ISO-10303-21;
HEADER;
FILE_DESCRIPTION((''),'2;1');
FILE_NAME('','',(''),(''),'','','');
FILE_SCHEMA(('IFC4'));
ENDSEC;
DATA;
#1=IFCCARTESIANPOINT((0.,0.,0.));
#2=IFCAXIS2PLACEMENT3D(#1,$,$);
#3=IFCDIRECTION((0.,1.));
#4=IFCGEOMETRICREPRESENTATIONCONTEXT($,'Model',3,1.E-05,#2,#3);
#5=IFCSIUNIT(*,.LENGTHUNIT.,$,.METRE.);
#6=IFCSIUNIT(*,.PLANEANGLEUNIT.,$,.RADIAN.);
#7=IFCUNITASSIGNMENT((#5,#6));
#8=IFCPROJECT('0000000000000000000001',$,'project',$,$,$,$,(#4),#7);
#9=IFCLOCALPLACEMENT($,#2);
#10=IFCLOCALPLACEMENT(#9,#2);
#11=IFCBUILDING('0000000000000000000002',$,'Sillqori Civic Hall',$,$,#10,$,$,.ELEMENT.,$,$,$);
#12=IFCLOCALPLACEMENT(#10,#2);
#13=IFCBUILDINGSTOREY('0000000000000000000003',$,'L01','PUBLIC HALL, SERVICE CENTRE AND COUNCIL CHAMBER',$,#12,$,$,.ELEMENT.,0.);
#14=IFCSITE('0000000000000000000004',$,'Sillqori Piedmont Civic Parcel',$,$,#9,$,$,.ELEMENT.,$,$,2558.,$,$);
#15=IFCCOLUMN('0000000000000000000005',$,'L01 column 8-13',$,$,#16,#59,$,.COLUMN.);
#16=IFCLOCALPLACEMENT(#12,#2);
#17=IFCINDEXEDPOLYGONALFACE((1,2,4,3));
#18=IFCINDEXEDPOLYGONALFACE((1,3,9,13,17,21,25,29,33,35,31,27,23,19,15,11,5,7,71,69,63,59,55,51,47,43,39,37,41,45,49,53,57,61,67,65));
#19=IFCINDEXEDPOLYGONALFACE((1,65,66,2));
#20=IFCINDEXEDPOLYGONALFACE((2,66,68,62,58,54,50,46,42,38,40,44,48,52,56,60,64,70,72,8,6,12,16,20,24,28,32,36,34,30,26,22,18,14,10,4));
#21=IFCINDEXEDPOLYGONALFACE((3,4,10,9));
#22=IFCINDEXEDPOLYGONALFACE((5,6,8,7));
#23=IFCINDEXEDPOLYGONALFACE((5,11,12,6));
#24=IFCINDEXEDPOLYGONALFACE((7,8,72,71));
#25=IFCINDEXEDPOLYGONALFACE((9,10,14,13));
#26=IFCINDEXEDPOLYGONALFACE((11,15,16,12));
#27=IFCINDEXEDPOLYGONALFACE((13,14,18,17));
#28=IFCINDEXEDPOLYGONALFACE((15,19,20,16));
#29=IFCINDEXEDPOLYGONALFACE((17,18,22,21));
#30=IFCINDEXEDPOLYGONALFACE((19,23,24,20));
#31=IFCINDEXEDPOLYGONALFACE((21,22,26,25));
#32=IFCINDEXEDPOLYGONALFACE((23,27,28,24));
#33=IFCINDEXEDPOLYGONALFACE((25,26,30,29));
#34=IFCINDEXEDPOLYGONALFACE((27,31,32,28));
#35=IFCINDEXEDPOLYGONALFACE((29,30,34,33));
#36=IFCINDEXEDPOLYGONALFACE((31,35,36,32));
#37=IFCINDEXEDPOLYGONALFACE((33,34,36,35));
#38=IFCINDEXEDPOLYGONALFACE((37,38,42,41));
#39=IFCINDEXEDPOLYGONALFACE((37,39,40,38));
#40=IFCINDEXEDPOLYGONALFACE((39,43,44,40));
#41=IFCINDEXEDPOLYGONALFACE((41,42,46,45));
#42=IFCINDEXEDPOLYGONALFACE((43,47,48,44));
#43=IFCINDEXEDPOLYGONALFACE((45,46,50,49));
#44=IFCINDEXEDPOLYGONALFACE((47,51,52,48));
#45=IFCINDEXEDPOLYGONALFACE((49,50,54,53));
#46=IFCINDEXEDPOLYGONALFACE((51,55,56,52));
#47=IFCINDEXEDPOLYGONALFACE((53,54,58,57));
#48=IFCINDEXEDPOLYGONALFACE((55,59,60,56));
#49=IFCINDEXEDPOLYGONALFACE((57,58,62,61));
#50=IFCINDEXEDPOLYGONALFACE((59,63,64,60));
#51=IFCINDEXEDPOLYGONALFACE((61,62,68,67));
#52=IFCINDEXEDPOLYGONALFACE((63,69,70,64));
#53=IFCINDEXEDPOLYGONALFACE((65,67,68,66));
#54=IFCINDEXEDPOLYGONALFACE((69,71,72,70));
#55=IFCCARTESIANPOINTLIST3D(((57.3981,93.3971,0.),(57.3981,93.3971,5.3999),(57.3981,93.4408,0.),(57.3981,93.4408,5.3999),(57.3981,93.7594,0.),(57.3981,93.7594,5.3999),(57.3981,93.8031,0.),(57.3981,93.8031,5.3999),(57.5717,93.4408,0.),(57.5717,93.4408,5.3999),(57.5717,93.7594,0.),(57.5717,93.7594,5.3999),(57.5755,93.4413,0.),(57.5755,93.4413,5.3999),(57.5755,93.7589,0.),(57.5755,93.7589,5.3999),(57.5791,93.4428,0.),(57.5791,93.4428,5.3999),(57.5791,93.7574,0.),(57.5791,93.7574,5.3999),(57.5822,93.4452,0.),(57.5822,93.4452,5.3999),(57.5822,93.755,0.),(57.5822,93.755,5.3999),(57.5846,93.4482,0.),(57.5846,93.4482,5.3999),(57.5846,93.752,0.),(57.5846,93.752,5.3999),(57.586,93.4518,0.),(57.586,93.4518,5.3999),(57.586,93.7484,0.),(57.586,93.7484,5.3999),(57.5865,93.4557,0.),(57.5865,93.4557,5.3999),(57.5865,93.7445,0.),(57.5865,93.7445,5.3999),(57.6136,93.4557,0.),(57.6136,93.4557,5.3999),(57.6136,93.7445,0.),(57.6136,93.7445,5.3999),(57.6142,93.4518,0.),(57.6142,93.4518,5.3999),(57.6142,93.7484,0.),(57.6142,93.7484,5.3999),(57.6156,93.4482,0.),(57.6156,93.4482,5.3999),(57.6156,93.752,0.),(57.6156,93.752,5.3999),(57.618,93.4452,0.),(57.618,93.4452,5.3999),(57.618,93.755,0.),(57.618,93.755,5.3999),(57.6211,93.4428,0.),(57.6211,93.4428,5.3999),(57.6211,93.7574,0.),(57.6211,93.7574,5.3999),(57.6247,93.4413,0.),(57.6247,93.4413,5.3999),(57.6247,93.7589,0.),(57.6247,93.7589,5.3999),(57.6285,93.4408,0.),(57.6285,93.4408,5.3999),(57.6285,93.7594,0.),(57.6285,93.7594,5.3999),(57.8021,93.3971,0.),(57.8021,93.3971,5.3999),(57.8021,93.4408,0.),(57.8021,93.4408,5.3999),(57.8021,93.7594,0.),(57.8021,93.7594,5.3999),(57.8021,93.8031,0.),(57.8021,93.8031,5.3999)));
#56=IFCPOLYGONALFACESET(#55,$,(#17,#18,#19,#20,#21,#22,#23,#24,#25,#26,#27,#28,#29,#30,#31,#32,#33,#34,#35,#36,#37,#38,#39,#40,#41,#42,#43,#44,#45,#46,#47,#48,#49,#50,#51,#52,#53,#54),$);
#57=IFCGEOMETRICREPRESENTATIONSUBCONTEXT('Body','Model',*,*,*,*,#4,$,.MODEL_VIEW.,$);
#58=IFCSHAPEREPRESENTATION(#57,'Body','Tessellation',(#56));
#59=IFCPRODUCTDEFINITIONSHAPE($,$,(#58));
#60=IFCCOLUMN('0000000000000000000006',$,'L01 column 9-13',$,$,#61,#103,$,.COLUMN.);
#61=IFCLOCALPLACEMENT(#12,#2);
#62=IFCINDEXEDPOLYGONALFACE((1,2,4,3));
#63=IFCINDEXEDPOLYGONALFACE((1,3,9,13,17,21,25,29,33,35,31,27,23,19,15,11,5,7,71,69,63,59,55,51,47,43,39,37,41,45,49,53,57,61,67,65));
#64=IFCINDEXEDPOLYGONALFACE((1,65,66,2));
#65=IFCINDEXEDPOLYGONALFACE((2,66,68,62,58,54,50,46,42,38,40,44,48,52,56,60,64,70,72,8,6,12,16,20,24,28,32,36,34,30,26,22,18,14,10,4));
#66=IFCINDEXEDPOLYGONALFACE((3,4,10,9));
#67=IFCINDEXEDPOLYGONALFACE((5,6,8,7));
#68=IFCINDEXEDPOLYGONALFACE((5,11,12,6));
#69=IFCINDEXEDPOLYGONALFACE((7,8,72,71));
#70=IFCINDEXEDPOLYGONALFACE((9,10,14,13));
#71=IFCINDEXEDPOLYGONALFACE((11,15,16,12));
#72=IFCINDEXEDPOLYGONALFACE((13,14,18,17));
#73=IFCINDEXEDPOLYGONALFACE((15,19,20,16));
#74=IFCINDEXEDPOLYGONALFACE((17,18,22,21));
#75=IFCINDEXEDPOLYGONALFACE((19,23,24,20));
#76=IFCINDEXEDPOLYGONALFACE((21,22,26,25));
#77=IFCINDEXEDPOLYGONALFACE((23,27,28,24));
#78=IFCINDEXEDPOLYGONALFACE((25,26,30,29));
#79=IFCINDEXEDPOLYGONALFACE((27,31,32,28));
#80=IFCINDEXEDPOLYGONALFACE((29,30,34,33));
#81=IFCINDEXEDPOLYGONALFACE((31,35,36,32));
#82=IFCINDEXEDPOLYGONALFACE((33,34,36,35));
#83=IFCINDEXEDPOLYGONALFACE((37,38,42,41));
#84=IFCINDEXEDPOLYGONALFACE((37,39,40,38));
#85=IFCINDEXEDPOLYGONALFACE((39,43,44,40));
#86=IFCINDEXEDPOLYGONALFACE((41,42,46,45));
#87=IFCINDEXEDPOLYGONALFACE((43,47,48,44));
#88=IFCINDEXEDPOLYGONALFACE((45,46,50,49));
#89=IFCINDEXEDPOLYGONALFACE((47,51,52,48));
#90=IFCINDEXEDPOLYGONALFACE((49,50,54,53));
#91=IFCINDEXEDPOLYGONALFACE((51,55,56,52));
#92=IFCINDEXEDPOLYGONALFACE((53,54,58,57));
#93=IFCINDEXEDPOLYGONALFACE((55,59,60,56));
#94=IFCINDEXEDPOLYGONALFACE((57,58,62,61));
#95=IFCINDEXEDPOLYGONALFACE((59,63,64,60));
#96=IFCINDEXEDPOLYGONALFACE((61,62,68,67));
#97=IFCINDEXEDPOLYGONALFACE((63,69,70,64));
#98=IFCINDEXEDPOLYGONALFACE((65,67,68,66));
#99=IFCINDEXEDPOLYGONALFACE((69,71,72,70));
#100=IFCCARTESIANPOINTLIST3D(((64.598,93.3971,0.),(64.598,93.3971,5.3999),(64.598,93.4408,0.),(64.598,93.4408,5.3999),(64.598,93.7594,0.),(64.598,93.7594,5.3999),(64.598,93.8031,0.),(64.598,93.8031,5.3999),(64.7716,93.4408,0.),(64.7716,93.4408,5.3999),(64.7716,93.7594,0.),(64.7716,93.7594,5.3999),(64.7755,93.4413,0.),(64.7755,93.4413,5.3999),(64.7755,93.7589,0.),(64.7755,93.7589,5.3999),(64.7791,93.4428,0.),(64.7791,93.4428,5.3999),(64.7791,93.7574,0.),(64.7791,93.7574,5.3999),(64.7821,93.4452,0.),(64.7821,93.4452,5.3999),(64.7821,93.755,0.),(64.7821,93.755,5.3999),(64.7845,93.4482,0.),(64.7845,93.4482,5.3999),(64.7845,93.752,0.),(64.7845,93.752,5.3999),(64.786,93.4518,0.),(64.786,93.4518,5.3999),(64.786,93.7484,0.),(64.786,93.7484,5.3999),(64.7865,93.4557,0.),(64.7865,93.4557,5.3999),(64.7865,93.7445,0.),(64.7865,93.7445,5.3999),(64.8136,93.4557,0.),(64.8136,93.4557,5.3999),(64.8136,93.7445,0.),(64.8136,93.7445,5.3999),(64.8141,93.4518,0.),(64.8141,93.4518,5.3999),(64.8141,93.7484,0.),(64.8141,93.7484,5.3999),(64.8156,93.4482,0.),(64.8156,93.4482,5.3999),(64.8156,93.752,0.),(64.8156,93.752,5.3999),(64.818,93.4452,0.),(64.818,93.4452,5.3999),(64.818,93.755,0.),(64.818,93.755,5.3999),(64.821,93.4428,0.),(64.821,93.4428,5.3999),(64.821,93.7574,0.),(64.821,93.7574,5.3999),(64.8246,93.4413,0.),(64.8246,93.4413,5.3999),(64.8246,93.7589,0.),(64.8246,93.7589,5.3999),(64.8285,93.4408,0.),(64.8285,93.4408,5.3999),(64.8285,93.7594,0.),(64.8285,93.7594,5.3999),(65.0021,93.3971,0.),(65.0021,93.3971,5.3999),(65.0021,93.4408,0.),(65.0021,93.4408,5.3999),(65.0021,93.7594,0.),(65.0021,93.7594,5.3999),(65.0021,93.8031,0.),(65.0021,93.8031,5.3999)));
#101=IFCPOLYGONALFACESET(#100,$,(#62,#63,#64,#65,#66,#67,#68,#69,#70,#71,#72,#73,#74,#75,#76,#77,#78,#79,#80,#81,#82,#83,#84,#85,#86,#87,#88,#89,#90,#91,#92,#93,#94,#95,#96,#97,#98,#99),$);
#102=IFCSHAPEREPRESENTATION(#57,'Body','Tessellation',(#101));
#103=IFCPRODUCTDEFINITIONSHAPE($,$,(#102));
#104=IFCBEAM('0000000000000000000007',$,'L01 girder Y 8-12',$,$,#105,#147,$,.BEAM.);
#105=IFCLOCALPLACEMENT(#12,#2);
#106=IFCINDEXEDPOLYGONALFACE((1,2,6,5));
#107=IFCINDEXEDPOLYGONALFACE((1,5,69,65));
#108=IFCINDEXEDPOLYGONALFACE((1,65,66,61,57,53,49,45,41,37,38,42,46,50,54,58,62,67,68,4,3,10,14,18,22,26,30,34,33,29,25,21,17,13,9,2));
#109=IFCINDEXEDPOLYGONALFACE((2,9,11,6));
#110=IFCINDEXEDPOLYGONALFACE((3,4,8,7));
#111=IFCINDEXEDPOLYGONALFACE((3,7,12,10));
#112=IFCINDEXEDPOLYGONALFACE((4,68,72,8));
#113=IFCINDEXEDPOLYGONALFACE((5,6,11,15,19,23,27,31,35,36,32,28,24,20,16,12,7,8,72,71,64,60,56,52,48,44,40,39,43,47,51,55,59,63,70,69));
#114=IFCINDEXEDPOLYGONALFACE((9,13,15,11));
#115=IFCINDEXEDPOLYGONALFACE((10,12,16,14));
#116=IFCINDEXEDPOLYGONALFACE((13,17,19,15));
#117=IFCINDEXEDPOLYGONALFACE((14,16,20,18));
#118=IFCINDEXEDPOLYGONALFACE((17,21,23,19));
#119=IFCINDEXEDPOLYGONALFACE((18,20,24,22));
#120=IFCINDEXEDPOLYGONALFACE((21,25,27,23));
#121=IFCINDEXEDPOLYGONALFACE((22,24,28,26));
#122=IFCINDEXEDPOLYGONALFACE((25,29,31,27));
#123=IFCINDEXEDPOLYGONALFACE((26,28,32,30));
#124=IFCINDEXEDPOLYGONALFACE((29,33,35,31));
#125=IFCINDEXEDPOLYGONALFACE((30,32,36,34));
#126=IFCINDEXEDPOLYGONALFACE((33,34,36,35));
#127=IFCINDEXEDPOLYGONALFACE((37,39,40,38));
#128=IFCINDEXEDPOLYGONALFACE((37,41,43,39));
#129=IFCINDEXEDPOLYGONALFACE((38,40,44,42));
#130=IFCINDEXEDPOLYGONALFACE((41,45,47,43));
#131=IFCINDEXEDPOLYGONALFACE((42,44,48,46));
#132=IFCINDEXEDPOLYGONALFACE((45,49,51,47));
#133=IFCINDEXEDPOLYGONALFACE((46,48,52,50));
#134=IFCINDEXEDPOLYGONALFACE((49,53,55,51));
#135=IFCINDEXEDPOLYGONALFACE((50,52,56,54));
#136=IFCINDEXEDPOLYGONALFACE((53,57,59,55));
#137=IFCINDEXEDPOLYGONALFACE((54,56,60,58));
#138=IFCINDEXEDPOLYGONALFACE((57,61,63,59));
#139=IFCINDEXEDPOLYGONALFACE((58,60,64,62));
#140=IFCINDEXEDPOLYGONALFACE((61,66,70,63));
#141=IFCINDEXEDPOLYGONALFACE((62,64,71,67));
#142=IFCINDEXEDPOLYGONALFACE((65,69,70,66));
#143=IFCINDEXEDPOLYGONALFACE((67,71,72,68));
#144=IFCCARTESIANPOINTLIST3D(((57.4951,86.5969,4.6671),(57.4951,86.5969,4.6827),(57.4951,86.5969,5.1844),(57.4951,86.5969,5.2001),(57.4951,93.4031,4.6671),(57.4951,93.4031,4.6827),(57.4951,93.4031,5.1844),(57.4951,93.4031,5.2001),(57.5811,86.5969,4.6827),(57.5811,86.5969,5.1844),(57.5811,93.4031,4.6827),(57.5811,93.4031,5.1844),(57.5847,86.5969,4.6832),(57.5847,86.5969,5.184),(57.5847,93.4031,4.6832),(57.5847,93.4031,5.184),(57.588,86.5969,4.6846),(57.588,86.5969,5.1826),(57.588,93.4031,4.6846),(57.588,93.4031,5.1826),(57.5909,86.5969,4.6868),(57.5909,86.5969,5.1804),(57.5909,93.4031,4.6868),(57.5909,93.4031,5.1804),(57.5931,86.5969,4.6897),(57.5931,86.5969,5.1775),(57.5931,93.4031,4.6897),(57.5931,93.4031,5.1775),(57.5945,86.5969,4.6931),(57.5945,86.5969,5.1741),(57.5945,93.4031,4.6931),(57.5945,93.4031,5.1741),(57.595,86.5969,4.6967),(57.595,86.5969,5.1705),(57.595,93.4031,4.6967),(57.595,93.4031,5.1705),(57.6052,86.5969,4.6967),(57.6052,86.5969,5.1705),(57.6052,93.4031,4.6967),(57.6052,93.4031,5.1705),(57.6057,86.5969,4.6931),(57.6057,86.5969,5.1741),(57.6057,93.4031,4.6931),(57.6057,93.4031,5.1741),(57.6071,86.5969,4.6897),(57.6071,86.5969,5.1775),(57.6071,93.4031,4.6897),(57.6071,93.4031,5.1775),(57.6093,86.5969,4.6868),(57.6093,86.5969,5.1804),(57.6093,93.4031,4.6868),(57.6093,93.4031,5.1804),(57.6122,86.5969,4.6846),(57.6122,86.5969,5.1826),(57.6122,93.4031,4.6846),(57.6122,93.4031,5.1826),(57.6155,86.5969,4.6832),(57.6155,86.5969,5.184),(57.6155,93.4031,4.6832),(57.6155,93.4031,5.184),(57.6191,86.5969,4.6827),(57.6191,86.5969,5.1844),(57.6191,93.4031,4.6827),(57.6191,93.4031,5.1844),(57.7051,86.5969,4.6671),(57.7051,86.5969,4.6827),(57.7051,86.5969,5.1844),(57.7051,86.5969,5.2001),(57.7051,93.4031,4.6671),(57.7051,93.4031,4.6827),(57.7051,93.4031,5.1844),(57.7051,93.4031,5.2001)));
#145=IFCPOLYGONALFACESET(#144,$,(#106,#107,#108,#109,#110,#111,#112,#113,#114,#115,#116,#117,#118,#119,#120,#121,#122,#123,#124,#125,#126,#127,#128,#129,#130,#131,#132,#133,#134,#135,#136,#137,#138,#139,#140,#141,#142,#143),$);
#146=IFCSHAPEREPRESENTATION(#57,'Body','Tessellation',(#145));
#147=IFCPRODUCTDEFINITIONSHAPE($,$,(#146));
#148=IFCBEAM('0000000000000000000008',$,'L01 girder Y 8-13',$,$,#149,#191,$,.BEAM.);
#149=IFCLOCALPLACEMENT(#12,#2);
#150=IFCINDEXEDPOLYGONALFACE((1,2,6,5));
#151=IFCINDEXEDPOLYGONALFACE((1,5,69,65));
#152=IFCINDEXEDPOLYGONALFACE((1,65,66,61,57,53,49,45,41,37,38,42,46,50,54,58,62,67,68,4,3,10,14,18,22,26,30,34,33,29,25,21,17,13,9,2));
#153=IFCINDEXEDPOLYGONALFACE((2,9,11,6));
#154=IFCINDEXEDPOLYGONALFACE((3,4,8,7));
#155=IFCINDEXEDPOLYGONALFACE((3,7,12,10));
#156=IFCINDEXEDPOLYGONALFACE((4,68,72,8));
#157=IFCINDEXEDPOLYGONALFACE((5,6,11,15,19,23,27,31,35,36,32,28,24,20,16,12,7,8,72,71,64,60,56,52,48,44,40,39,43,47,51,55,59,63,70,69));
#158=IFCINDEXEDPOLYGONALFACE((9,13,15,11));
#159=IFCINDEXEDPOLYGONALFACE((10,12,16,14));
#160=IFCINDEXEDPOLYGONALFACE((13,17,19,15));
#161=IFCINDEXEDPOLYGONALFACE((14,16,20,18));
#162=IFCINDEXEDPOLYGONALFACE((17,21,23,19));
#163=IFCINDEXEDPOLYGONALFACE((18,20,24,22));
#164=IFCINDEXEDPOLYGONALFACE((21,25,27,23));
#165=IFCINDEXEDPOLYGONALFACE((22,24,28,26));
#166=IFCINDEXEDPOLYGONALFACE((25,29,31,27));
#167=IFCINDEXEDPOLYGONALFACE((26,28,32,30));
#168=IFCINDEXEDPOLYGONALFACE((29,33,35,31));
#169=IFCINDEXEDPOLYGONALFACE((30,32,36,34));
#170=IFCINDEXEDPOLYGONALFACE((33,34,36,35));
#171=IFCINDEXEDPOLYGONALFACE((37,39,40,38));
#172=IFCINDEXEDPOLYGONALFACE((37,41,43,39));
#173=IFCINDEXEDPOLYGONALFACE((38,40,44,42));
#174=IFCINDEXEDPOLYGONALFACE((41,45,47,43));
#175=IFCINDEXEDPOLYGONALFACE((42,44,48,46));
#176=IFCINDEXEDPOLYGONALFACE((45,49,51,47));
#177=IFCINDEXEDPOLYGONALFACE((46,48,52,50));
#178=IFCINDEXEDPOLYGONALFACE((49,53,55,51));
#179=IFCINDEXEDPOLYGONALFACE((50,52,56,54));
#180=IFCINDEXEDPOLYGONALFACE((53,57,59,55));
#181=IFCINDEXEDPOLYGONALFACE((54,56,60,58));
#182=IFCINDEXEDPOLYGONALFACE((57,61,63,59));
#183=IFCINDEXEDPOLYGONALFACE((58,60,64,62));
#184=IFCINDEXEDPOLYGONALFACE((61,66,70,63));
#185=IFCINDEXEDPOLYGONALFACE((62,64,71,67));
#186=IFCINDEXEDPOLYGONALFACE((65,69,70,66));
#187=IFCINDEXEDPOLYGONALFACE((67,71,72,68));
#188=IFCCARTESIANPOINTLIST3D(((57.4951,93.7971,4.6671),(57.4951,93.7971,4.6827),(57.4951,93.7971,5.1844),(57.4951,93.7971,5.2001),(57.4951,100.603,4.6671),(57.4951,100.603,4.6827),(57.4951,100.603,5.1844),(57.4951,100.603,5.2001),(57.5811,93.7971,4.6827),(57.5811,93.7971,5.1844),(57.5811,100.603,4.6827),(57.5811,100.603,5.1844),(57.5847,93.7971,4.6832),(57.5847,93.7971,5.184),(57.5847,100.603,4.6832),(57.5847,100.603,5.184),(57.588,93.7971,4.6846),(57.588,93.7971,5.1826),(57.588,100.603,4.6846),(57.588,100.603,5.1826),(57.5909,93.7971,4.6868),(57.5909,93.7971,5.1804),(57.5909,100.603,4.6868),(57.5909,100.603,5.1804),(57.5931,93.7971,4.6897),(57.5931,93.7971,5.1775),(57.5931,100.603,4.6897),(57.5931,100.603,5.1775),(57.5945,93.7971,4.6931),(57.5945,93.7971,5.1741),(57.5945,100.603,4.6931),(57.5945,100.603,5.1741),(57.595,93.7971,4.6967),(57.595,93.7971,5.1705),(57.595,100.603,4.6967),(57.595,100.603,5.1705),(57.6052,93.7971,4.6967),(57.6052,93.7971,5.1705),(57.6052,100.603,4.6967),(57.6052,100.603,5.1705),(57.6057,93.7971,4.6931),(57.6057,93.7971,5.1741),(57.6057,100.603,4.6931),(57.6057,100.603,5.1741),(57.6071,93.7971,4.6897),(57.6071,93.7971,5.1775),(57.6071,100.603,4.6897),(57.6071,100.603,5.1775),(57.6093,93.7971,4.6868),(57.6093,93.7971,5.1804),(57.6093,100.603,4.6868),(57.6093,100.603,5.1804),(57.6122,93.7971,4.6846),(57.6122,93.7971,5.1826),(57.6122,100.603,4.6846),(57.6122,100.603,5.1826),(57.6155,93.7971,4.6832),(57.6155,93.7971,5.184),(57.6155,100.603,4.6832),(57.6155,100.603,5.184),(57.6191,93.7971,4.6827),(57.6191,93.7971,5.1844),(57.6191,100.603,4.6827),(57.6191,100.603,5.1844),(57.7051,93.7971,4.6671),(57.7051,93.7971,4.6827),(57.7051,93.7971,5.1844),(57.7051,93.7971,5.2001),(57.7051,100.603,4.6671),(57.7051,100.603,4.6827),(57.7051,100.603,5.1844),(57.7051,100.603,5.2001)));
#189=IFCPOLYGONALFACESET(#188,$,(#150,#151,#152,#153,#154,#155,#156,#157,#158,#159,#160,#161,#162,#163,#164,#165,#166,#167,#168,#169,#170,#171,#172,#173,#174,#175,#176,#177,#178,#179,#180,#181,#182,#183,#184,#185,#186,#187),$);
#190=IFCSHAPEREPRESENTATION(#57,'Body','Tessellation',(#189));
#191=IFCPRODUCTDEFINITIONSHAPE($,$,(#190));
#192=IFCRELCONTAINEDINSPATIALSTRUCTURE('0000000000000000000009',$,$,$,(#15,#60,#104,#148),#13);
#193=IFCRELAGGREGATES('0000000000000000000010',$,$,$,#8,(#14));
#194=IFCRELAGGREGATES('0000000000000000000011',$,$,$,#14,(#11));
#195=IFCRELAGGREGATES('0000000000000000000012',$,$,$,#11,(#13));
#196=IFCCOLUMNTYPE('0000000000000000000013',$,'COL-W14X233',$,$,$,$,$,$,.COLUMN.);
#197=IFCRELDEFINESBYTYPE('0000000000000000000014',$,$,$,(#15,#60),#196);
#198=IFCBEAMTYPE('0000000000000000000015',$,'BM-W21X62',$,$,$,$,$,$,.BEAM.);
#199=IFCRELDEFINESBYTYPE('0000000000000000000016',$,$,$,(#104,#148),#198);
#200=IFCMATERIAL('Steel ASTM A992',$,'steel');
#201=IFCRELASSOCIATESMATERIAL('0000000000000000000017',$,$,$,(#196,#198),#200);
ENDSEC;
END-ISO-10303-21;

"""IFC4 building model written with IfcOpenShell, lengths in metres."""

from ifc_helpers import new_model, si_unit, direction, frame, origin, origin_2d, place, context, subcontext, project, spatial, i_section, extrude, material, material_profile, profile_set, type_object, element, save


model = new_model("IFC4")

# Units and contexts
model_context = context("Model", 3, precision=1e-05, world=origin(), true_north=direction((0.0, 1.0)))
body_context = subcontext(model_context, "Body", "Model", "MODEL_VIEW")
ifc_project = project(units=[si_unit("LENGTHUNIT", "METRE"), si_unit("PLANEANGLEUNIT", "RADIAN")], contexts=[model_context])

# Site, building, storey
site_placement = place(None, origin())
site = spatial("IfcSite", under=ifc_project, at=site_placement, Name="Sillqori Piedmont Civic Parcel", CompositionType="ELEMENT", RefElevation=2558.0)
building_placement = place(site_placement, origin())
building = spatial("IfcBuilding", under=site, at=building_placement, Name="Sillqori Civic Hall", CompositionType="ELEMENT")
storey_placement = place(building_placement, origin())
storey = spatial("IfcBuildingStorey", under=building, at=storey_placement, Name="L01", Description="PUBLIC HALL, SERVICE CENTRE AND COUNCIL CHAMBER", CompositionType="ELEMENT", Elevation=0.0)

# Columns
ifc_material_1 = material(Name="Steel ASTM A992", Category="steel")
ifc_material_profile_1 = material_profile(ifc_material_1, i_section(OverallWidth=0.4041, OverallDepth=0.406, WebThickness=0.0271, FlangeThickness=0.0437, FilletRadius=0.0149, at=origin_2d()), Name="W14X233")
ifc_profile_set_1 = profile_set([ifc_material_profile_1], Name="Steel ASTM A992")
column_type = type_object("IfcColumnType", Name="COL-W14X233", PredefinedType="COLUMN", material=ifc_profile_set_1)
for number, where, z_axis, x_axis, name in (
    (1, (57.6001, 93.6001, 0.0), (0.0, 0.0, 1.0), (1.0, 0.0, 0.0), "L01 column 8-13"),
    (2, (64.8, 93.6001, 0.0), (0.0, 0.0, 1.0), (1.0, 0.0, 0.0), "L01 column 9-13"),
):
    element("IfcColumn", number, at=place(storey_placement, frame(where, z_axis=z_axis, x_axis=x_axis)), inside=storey, type_object=column_type, Name=name, PredefinedType="COLUMN", context=body_context, shape_type="SweptSolid", body=[
        extrude(i_section(OverallWidth=0.4041, OverallDepth=0.406, WebThickness=0.0271, FlangeThickness=0.0437, FilletRadius=0.0149, at=origin_2d()), origin(), (0.0, 0.0, 1.0), 5.3999),
    ])

# Beams
ifc_material_profile_2 = material_profile(ifc_material_1, i_section(OverallWidth=0.21, OverallDepth=0.533, WebThickness=0.0103, FlangeThickness=0.0156, FilletRadius=0.0139, at=origin_2d()), Name="W21X62")
ifc_profile_set_2 = profile_set([ifc_material_profile_2], Name="Steel ASTM A992")
beam_type_1 = type_object("IfcBeamType", Name="BM-W21X62", PredefinedType="BEAM", material=ifc_profile_set_2)
beam_1_placement = place(storey_placement, frame((57.6001, 86.5969, 4.9336), z_axis=(0.0, 1.0, 0.0), x_axis=(-1.0, 0.0, 0.0)))
element("IfcBeam", 3, at=beam_1_placement, inside=storey, type_object=beam_type_1, Name="L01 girder Y 8-12", PredefinedType="BEAM", context=body_context, shape_type="SweptSolid", body=[
    extrude(i_section(OverallWidth=0.21, OverallDepth=0.533, WebThickness=0.0103, FlangeThickness=0.0156, FilletRadius=0.0139, at=origin_2d()), origin(), (0.0, 0.0, 1.0), 6.8062),
])
beam_2_placement = place(storey_placement, frame((57.6001, 93.7971, 4.9336), z_axis=(0.0, 1.0, 0.0), x_axis=(-1.0, 0.0, 0.0)))
element("IfcBeam", 4, at=beam_2_placement, inside=storey, type_object=beam_type_1, Name="L01 girder Y 8-13", PredefinedType="BEAM", context=body_context, shape_type="SweptSolid", body=[
    extrude(i_section(OverallWidth=0.21, OverallDepth=0.533, WebThickness=0.0103, FlangeThickness=0.0156, FilletRadius=0.0139, at=origin_2d()), origin(), (0.0, 0.0, 1.0), 6.8059),
])

save(model, "model.ifc")
